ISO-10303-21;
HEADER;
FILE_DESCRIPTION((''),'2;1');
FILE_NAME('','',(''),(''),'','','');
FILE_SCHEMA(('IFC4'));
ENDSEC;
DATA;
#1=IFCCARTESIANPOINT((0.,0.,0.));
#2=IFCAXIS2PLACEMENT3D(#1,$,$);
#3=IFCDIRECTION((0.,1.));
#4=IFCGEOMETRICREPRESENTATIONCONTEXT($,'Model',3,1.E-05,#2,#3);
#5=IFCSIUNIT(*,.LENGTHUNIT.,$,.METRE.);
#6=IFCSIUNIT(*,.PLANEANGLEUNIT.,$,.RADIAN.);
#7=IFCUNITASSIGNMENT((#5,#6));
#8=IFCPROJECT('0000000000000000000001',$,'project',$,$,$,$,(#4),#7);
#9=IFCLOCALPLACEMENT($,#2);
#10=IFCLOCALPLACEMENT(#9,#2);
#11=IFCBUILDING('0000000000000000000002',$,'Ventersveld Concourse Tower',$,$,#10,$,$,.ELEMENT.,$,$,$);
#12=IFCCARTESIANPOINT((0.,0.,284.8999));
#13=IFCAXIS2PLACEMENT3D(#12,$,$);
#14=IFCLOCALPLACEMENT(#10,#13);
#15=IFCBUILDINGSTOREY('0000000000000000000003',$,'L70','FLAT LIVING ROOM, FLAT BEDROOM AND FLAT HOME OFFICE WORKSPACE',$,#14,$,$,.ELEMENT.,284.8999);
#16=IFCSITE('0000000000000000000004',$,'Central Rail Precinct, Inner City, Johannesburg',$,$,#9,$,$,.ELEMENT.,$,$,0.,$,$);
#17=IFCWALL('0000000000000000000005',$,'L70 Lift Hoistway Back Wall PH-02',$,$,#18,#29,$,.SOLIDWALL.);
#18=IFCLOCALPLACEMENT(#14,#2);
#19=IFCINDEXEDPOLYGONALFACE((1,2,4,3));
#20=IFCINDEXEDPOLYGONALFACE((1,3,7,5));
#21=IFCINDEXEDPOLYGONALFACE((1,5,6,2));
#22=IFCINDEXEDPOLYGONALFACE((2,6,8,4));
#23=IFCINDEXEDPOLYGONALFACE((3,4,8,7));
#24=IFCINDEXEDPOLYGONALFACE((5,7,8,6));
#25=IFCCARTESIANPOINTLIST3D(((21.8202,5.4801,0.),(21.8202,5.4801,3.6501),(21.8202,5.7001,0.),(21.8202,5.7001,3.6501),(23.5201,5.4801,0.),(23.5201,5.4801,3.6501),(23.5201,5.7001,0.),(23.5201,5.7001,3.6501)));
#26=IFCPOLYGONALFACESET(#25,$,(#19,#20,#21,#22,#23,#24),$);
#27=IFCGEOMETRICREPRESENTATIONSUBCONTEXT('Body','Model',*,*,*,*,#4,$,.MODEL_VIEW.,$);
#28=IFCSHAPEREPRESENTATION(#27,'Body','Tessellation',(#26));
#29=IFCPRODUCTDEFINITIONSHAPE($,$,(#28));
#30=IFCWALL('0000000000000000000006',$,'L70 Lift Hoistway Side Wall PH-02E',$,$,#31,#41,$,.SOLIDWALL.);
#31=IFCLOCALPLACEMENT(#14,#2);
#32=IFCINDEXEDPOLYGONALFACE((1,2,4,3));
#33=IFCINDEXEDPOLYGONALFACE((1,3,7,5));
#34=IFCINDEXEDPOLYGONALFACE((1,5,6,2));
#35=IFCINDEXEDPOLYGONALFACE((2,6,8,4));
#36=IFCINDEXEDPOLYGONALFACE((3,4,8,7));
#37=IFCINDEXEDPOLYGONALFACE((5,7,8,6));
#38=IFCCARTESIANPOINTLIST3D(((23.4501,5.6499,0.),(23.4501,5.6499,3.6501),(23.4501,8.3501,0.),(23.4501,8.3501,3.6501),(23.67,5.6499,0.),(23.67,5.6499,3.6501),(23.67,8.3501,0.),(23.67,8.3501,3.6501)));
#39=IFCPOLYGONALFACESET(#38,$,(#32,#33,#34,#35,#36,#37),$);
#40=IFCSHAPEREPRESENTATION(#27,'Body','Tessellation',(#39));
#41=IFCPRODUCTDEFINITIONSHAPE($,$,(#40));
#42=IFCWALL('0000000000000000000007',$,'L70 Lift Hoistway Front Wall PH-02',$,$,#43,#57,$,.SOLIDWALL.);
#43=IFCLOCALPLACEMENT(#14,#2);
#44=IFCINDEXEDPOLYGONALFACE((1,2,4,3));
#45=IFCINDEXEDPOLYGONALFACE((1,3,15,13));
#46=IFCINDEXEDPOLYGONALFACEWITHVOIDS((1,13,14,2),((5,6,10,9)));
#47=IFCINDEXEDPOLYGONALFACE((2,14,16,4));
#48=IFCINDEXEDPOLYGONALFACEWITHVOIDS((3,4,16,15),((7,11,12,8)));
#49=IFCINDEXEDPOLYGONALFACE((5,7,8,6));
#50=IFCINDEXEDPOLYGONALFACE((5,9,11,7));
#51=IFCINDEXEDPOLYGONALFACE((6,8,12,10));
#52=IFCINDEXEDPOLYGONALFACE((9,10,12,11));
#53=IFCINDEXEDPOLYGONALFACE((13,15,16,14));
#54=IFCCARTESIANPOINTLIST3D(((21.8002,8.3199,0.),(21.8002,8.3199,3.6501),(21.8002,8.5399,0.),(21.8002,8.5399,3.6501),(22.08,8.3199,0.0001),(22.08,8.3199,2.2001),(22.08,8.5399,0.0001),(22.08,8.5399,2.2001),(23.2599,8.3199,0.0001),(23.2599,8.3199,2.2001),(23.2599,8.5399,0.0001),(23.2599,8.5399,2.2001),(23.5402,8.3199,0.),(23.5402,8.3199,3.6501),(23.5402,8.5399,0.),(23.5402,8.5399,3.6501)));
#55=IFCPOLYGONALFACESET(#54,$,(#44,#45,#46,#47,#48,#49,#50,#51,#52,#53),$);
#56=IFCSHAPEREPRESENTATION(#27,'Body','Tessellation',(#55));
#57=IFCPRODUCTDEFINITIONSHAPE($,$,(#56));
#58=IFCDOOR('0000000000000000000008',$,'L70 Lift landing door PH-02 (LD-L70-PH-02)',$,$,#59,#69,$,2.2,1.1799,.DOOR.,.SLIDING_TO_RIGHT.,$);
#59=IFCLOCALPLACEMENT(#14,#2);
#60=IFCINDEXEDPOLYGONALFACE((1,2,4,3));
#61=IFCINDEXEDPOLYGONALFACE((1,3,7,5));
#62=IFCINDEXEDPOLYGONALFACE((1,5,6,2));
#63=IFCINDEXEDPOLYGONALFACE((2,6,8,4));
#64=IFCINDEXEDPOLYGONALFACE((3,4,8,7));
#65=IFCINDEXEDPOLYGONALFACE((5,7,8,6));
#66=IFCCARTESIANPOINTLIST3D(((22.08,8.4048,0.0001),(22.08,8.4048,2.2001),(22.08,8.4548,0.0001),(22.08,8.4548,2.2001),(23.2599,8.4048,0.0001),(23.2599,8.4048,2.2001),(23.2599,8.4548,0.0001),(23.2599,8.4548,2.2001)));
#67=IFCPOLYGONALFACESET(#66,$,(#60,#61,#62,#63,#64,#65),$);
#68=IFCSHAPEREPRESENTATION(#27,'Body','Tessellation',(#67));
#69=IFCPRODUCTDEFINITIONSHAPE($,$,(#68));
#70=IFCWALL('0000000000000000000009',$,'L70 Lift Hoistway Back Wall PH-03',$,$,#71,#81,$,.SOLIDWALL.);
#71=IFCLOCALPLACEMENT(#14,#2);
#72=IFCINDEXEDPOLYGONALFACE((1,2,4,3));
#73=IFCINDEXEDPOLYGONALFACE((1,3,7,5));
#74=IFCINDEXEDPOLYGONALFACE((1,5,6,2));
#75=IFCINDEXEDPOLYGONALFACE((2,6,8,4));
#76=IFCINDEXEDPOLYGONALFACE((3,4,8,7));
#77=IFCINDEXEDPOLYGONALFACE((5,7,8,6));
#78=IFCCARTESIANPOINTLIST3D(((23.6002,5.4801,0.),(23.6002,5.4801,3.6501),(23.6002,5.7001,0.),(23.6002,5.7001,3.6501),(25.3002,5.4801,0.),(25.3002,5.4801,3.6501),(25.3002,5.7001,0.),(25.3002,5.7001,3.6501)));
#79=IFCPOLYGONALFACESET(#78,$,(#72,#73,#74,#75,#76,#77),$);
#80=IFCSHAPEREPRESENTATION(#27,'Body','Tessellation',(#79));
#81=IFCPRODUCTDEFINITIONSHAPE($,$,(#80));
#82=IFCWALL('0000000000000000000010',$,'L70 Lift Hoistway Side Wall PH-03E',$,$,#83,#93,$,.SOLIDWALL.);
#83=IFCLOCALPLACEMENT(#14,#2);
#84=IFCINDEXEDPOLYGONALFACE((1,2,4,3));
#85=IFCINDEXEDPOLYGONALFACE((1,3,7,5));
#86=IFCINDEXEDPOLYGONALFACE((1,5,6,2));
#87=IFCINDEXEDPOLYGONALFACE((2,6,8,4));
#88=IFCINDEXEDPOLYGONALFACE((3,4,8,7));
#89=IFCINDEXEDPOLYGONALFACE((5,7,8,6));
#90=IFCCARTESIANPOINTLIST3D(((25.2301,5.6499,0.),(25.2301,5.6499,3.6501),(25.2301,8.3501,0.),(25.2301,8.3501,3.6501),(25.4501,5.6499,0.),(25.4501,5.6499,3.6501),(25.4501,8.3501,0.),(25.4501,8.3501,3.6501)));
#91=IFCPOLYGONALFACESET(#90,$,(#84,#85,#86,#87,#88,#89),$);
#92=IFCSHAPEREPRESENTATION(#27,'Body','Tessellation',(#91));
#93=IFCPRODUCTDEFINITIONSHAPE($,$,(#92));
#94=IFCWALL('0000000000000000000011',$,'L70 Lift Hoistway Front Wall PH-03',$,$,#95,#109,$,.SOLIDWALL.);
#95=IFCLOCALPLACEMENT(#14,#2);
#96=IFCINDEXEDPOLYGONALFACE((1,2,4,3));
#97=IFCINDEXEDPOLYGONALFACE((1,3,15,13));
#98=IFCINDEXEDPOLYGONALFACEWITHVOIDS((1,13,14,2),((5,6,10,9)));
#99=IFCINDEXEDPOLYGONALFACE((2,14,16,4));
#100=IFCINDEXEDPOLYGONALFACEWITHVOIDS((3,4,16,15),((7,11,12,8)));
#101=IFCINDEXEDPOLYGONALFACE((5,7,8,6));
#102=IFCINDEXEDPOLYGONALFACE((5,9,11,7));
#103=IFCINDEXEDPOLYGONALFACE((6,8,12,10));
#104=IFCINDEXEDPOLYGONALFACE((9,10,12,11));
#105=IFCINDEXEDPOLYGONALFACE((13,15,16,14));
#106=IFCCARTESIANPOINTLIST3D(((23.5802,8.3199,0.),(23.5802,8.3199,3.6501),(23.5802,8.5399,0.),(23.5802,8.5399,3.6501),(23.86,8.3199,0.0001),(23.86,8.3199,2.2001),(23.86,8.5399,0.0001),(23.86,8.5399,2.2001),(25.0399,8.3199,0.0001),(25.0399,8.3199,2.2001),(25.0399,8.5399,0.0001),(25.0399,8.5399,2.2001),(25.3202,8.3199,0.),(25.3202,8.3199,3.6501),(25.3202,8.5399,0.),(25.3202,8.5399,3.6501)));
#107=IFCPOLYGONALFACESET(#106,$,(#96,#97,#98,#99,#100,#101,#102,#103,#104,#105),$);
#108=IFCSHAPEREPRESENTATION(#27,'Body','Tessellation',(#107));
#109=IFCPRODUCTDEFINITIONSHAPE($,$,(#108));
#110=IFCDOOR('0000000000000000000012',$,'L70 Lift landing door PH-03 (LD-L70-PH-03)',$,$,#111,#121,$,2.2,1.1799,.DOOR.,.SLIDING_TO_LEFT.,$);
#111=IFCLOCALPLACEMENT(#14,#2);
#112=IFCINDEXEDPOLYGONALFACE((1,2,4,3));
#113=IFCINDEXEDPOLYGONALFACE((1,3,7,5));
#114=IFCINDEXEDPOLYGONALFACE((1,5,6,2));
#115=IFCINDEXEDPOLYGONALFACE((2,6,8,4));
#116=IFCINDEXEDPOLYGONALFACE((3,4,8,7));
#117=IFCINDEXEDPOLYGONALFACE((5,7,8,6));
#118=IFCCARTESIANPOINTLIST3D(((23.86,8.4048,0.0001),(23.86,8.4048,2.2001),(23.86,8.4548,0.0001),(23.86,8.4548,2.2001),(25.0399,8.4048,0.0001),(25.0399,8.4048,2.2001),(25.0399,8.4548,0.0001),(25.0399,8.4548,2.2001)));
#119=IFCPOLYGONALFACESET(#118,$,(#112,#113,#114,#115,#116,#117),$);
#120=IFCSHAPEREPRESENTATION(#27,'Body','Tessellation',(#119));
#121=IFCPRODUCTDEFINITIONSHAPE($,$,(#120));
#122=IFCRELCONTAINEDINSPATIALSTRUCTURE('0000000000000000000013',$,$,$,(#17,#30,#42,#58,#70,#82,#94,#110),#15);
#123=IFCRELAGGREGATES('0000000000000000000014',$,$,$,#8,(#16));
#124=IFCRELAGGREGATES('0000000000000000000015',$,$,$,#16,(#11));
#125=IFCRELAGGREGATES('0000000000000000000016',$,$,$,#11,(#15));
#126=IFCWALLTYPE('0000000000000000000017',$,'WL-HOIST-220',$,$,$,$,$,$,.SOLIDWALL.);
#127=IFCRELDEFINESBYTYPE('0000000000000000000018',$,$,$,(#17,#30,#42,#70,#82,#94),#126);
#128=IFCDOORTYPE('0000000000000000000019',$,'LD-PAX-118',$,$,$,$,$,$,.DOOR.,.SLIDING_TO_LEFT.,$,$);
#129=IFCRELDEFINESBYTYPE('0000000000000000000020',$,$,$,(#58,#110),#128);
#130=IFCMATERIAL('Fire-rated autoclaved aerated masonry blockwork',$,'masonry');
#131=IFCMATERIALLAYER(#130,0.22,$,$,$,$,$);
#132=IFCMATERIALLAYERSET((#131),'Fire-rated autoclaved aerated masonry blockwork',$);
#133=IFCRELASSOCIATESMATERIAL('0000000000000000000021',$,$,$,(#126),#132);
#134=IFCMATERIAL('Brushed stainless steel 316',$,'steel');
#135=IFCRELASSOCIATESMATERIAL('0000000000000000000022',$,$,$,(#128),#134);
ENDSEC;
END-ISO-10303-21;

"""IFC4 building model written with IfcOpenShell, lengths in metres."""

from ifc_helpers import new_model, si_unit, direction, frame, frame_2d, origin, place, context, subcontext, project, spatial, rectangle, extrude, material, layer, layer_set, type_object, element, fill, save


model = new_model("IFC4")

# Units and contexts
model_context = context("Model", 3, precision=1e-05, world=origin(), true_north=direction((0.0, 1.0)))
body_context = subcontext(model_context, "Body", "Model", "MODEL_VIEW")
ifc_project = project(units=[si_unit("LENGTHUNIT", "METRE"), si_unit("PLANEANGLEUNIT", "RADIAN")], contexts=[model_context])

# Site, building, storey
site_placement = place(None, origin())
site = spatial("IfcSite", under=ifc_project, at=site_placement, Name="Central Rail Precinct, Inner City, Johannesburg", CompositionType="ELEMENT", RefElevation=0.0)
building_placement = place(site_placement, origin())
building = spatial("IfcBuilding", under=site, at=building_placement, Name="Ventersveld Concourse Tower", CompositionType="ELEMENT")
storey_placement = place(building_placement, frame((0.0, 0.0, 284.8999)))
storey = spatial("IfcBuildingStorey", under=building, at=storey_placement, Name="L70", Description="FLAT LIVING ROOM, FLAT BEDROOM AND FLAT HOME OFFICE WORKSPACE", CompositionType="ELEMENT", Elevation=284.8999)

# Shared definitions
ifc_material_1 = material(Name="Fire-rated autoclaved aerated masonry blockwork", Category="masonry")

# Walls
ifc_layer_1 = layer(ifc_material_1, 0.22)
ifc_layer_set_1 = layer_set([ifc_layer_1], Name="Fire-rated autoclaved aerated masonry blockwork")
wall_type_1 = type_object("IfcWallType", Name="WL-HOIST-220", PredefinedType="SOLIDWALL", material=ifc_layer_set_1)
wall_1_placement = place(storey_placement, frame((21.8201, 5.5901, 0.0), z_axis=(0.0, 0.0, 1.0), x_axis=(1.0, 0.0, 0.0)))
element("IfcWall", 1, at=wall_1_placement, inside=storey, type_object=wall_type_1, Name="L70 Lift Hoistway Back Wall PH-02", PredefinedType="SOLIDWALL", context=body_context, shape_type="SweptSolid", body=[
    extrude(rectangle(XDim=1.7, YDim=0.22, at=frame_2d((0.8501, 0.0))), origin(), (0.0, 0.0, 1.0), 3.6501),
])
wall_2_placement = place(storey_placement, frame((23.5601, 5.6499, 0.0), z_axis=(0.0, 0.0, 1.0), x_axis=(0.0, 1.0, 0.0)))
element("IfcWall", 2, at=wall_2_placement, inside=storey, type_object=wall_type_1, Name="L70 Lift Hoistway Side Wall PH-02E", PredefinedType="SOLIDWALL", context=body_context, shape_type="SweptSolid", body=[
    extrude(rectangle(XDim=2.7002, YDim=0.22, at=frame_2d((1.3501, 0.0))), origin(), (0.0, 0.0, 1.0), 3.6501),
])

# Wall, opening, door
wall_3_placement = place(storey_placement, frame((21.8, 8.4299, 0.0), z_axis=(0.0, 0.0, 1.0), x_axis=(1.0, 0.0, 0.0)))
wall_3 = element("IfcWall", 3, at=wall_3_placement, inside=storey, type_object=wall_type_1, Name="L70 Lift Hoistway Front Wall PH-02", PredefinedType="SOLIDWALL", context=body_context, shape_type="SweptSolid", body=[
    extrude(rectangle(XDim=1.74, YDim=0.22, at=frame_2d((0.8701, 0.0))), origin(), (0.0, 0.0, 1.0), 3.6501),
])
opening_1_placement = place(wall_3_placement, frame((0.28, 0.0, 0.0)))
opening_1 = element("IfcOpeningElement", 4, at=opening_1_placement, cuts=wall_3, PredefinedType="OPENING", context=body_context, shape_type="SweptSolid", body=[
    extrude(rectangle(XDim=1.1799, YDim=2.2, at=frame_2d((0.5898, 1.1001))), frame((0.0, 0.1201, 0.0), z_axis=(0.0, -1.0, 0.0), x_axis=(1.0, 0.0, 0.0)), (0.0, 0.0, 1.0), 0.24),
])
ifc_material_2 = material(Name="Brushed stainless steel 316", Category="steel")
door_type_1 = type_object("IfcDoorType", Name="LD-PAX-118", OperationType="SLIDING_TO_LEFT", PredefinedType="DOOR", material=ifc_material_2)
door_1_placement = place(opening_1_placement, origin())
door_1 = element("IfcDoor", 5, at=door_1_placement, inside=storey, type_object=door_type_1, Name="L70 Lift landing door PH-02 (LD-L70-PH-02)", OperationType="SLIDING_TO_RIGHT", OverallHeight=2.2, OverallWidth=1.1799, PredefinedType="DOOR", context=body_context, shape_type="SweptSolid", body=[
    extrude(rectangle(XDim=1.1799, YDim=2.2, at=frame_2d((0.5898, 1.1001))), frame((0.0, 0.0249, 0.0), z_axis=(0.0, -1.0, 0.0), x_axis=(1.0, 0.0, 0.0)), (0.0, 0.0, 1.0), 0.05),
])
fill(opening_1, door_1)

# Walls
wall_4_placement = place(storey_placement, frame((23.6001, 5.5901, 0.0), z_axis=(0.0, 0.0, 1.0), x_axis=(1.0, 0.0, 0.0)))
element("IfcWall", 6, at=wall_4_placement, inside=storey, type_object=wall_type_1, Name="L70 Lift Hoistway Back Wall PH-03", PredefinedType="SOLIDWALL", context=body_context, shape_type="SweptSolid", body=[
    extrude(rectangle(XDim=1.7, YDim=0.22, at=frame_2d((0.8501, 0.0))), origin(), (0.0, 0.0, 1.0), 3.6501),
])
wall_5_placement = place(storey_placement, frame((25.3401, 5.6499, 0.0), z_axis=(0.0, 0.0, 1.0), x_axis=(0.0, 1.0, 0.0)))
element("IfcWall", 7, at=wall_5_placement, inside=storey, type_object=wall_type_1, Name="L70 Lift Hoistway Side Wall PH-03E", PredefinedType="SOLIDWALL", context=body_context, shape_type="SweptSolid", body=[
    extrude(rectangle(XDim=2.7002, YDim=0.22, at=frame_2d((1.3501, 0.0))), origin(), (0.0, 0.0, 1.0), 3.6501),
])

# Wall, opening, door
wall_6_placement = place(storey_placement, frame((23.5801, 8.4299, 0.0), z_axis=(0.0, 0.0, 1.0), x_axis=(1.0, 0.0, 0.0)))
wall_6 = element("IfcWall", 8, at=wall_6_placement, inside=storey, type_object=wall_type_1, Name="L70 Lift Hoistway Front Wall PH-03", PredefinedType="SOLIDWALL", context=body_context, shape_type="SweptSolid", body=[
    extrude(rectangle(XDim=1.74, YDim=0.22, at=frame_2d((0.8701, 0.0))), origin(), (0.0, 0.0, 1.0), 3.6501),
])
opening_2_placement = place(wall_6_placement, frame((0.28, 0.0, 0.0)))
opening_2 = element("IfcOpeningElement", 9, at=opening_2_placement, cuts=wall_6, PredefinedType="OPENING", context=body_context, shape_type="SweptSolid", body=[
    extrude(rectangle(XDim=1.1799, YDim=2.2, at=frame_2d((0.5898, 1.1001))), frame((0.0, 0.1201, 0.0), z_axis=(0.0, -1.0, 0.0), x_axis=(1.0, 0.0, 0.0)), (0.0, 0.0, 1.0), 0.24),
])
door_2_placement = place(opening_2_placement, origin())
door_2 = element("IfcDoor", 10, at=door_2_placement, inside=storey, type_object=door_type_1, Name="L70 Lift landing door PH-03 (LD-L70-PH-03)", OperationType="SLIDING_TO_LEFT", OverallHeight=2.2, OverallWidth=1.1799, PredefinedType="DOOR", context=body_context, shape_type="SweptSolid", body=[
    extrude(rectangle(XDim=1.1799, YDim=2.2, at=frame_2d((0.5898, 1.1001))), frame((0.0, 0.0249, 0.0), z_axis=(0.0, -1.0, 0.0), x_axis=(1.0, 0.0, 0.0)), (0.0, 0.0, 1.0), 0.05),
])
fill(opening_2, door_2)

save(model, "model.ifc")
